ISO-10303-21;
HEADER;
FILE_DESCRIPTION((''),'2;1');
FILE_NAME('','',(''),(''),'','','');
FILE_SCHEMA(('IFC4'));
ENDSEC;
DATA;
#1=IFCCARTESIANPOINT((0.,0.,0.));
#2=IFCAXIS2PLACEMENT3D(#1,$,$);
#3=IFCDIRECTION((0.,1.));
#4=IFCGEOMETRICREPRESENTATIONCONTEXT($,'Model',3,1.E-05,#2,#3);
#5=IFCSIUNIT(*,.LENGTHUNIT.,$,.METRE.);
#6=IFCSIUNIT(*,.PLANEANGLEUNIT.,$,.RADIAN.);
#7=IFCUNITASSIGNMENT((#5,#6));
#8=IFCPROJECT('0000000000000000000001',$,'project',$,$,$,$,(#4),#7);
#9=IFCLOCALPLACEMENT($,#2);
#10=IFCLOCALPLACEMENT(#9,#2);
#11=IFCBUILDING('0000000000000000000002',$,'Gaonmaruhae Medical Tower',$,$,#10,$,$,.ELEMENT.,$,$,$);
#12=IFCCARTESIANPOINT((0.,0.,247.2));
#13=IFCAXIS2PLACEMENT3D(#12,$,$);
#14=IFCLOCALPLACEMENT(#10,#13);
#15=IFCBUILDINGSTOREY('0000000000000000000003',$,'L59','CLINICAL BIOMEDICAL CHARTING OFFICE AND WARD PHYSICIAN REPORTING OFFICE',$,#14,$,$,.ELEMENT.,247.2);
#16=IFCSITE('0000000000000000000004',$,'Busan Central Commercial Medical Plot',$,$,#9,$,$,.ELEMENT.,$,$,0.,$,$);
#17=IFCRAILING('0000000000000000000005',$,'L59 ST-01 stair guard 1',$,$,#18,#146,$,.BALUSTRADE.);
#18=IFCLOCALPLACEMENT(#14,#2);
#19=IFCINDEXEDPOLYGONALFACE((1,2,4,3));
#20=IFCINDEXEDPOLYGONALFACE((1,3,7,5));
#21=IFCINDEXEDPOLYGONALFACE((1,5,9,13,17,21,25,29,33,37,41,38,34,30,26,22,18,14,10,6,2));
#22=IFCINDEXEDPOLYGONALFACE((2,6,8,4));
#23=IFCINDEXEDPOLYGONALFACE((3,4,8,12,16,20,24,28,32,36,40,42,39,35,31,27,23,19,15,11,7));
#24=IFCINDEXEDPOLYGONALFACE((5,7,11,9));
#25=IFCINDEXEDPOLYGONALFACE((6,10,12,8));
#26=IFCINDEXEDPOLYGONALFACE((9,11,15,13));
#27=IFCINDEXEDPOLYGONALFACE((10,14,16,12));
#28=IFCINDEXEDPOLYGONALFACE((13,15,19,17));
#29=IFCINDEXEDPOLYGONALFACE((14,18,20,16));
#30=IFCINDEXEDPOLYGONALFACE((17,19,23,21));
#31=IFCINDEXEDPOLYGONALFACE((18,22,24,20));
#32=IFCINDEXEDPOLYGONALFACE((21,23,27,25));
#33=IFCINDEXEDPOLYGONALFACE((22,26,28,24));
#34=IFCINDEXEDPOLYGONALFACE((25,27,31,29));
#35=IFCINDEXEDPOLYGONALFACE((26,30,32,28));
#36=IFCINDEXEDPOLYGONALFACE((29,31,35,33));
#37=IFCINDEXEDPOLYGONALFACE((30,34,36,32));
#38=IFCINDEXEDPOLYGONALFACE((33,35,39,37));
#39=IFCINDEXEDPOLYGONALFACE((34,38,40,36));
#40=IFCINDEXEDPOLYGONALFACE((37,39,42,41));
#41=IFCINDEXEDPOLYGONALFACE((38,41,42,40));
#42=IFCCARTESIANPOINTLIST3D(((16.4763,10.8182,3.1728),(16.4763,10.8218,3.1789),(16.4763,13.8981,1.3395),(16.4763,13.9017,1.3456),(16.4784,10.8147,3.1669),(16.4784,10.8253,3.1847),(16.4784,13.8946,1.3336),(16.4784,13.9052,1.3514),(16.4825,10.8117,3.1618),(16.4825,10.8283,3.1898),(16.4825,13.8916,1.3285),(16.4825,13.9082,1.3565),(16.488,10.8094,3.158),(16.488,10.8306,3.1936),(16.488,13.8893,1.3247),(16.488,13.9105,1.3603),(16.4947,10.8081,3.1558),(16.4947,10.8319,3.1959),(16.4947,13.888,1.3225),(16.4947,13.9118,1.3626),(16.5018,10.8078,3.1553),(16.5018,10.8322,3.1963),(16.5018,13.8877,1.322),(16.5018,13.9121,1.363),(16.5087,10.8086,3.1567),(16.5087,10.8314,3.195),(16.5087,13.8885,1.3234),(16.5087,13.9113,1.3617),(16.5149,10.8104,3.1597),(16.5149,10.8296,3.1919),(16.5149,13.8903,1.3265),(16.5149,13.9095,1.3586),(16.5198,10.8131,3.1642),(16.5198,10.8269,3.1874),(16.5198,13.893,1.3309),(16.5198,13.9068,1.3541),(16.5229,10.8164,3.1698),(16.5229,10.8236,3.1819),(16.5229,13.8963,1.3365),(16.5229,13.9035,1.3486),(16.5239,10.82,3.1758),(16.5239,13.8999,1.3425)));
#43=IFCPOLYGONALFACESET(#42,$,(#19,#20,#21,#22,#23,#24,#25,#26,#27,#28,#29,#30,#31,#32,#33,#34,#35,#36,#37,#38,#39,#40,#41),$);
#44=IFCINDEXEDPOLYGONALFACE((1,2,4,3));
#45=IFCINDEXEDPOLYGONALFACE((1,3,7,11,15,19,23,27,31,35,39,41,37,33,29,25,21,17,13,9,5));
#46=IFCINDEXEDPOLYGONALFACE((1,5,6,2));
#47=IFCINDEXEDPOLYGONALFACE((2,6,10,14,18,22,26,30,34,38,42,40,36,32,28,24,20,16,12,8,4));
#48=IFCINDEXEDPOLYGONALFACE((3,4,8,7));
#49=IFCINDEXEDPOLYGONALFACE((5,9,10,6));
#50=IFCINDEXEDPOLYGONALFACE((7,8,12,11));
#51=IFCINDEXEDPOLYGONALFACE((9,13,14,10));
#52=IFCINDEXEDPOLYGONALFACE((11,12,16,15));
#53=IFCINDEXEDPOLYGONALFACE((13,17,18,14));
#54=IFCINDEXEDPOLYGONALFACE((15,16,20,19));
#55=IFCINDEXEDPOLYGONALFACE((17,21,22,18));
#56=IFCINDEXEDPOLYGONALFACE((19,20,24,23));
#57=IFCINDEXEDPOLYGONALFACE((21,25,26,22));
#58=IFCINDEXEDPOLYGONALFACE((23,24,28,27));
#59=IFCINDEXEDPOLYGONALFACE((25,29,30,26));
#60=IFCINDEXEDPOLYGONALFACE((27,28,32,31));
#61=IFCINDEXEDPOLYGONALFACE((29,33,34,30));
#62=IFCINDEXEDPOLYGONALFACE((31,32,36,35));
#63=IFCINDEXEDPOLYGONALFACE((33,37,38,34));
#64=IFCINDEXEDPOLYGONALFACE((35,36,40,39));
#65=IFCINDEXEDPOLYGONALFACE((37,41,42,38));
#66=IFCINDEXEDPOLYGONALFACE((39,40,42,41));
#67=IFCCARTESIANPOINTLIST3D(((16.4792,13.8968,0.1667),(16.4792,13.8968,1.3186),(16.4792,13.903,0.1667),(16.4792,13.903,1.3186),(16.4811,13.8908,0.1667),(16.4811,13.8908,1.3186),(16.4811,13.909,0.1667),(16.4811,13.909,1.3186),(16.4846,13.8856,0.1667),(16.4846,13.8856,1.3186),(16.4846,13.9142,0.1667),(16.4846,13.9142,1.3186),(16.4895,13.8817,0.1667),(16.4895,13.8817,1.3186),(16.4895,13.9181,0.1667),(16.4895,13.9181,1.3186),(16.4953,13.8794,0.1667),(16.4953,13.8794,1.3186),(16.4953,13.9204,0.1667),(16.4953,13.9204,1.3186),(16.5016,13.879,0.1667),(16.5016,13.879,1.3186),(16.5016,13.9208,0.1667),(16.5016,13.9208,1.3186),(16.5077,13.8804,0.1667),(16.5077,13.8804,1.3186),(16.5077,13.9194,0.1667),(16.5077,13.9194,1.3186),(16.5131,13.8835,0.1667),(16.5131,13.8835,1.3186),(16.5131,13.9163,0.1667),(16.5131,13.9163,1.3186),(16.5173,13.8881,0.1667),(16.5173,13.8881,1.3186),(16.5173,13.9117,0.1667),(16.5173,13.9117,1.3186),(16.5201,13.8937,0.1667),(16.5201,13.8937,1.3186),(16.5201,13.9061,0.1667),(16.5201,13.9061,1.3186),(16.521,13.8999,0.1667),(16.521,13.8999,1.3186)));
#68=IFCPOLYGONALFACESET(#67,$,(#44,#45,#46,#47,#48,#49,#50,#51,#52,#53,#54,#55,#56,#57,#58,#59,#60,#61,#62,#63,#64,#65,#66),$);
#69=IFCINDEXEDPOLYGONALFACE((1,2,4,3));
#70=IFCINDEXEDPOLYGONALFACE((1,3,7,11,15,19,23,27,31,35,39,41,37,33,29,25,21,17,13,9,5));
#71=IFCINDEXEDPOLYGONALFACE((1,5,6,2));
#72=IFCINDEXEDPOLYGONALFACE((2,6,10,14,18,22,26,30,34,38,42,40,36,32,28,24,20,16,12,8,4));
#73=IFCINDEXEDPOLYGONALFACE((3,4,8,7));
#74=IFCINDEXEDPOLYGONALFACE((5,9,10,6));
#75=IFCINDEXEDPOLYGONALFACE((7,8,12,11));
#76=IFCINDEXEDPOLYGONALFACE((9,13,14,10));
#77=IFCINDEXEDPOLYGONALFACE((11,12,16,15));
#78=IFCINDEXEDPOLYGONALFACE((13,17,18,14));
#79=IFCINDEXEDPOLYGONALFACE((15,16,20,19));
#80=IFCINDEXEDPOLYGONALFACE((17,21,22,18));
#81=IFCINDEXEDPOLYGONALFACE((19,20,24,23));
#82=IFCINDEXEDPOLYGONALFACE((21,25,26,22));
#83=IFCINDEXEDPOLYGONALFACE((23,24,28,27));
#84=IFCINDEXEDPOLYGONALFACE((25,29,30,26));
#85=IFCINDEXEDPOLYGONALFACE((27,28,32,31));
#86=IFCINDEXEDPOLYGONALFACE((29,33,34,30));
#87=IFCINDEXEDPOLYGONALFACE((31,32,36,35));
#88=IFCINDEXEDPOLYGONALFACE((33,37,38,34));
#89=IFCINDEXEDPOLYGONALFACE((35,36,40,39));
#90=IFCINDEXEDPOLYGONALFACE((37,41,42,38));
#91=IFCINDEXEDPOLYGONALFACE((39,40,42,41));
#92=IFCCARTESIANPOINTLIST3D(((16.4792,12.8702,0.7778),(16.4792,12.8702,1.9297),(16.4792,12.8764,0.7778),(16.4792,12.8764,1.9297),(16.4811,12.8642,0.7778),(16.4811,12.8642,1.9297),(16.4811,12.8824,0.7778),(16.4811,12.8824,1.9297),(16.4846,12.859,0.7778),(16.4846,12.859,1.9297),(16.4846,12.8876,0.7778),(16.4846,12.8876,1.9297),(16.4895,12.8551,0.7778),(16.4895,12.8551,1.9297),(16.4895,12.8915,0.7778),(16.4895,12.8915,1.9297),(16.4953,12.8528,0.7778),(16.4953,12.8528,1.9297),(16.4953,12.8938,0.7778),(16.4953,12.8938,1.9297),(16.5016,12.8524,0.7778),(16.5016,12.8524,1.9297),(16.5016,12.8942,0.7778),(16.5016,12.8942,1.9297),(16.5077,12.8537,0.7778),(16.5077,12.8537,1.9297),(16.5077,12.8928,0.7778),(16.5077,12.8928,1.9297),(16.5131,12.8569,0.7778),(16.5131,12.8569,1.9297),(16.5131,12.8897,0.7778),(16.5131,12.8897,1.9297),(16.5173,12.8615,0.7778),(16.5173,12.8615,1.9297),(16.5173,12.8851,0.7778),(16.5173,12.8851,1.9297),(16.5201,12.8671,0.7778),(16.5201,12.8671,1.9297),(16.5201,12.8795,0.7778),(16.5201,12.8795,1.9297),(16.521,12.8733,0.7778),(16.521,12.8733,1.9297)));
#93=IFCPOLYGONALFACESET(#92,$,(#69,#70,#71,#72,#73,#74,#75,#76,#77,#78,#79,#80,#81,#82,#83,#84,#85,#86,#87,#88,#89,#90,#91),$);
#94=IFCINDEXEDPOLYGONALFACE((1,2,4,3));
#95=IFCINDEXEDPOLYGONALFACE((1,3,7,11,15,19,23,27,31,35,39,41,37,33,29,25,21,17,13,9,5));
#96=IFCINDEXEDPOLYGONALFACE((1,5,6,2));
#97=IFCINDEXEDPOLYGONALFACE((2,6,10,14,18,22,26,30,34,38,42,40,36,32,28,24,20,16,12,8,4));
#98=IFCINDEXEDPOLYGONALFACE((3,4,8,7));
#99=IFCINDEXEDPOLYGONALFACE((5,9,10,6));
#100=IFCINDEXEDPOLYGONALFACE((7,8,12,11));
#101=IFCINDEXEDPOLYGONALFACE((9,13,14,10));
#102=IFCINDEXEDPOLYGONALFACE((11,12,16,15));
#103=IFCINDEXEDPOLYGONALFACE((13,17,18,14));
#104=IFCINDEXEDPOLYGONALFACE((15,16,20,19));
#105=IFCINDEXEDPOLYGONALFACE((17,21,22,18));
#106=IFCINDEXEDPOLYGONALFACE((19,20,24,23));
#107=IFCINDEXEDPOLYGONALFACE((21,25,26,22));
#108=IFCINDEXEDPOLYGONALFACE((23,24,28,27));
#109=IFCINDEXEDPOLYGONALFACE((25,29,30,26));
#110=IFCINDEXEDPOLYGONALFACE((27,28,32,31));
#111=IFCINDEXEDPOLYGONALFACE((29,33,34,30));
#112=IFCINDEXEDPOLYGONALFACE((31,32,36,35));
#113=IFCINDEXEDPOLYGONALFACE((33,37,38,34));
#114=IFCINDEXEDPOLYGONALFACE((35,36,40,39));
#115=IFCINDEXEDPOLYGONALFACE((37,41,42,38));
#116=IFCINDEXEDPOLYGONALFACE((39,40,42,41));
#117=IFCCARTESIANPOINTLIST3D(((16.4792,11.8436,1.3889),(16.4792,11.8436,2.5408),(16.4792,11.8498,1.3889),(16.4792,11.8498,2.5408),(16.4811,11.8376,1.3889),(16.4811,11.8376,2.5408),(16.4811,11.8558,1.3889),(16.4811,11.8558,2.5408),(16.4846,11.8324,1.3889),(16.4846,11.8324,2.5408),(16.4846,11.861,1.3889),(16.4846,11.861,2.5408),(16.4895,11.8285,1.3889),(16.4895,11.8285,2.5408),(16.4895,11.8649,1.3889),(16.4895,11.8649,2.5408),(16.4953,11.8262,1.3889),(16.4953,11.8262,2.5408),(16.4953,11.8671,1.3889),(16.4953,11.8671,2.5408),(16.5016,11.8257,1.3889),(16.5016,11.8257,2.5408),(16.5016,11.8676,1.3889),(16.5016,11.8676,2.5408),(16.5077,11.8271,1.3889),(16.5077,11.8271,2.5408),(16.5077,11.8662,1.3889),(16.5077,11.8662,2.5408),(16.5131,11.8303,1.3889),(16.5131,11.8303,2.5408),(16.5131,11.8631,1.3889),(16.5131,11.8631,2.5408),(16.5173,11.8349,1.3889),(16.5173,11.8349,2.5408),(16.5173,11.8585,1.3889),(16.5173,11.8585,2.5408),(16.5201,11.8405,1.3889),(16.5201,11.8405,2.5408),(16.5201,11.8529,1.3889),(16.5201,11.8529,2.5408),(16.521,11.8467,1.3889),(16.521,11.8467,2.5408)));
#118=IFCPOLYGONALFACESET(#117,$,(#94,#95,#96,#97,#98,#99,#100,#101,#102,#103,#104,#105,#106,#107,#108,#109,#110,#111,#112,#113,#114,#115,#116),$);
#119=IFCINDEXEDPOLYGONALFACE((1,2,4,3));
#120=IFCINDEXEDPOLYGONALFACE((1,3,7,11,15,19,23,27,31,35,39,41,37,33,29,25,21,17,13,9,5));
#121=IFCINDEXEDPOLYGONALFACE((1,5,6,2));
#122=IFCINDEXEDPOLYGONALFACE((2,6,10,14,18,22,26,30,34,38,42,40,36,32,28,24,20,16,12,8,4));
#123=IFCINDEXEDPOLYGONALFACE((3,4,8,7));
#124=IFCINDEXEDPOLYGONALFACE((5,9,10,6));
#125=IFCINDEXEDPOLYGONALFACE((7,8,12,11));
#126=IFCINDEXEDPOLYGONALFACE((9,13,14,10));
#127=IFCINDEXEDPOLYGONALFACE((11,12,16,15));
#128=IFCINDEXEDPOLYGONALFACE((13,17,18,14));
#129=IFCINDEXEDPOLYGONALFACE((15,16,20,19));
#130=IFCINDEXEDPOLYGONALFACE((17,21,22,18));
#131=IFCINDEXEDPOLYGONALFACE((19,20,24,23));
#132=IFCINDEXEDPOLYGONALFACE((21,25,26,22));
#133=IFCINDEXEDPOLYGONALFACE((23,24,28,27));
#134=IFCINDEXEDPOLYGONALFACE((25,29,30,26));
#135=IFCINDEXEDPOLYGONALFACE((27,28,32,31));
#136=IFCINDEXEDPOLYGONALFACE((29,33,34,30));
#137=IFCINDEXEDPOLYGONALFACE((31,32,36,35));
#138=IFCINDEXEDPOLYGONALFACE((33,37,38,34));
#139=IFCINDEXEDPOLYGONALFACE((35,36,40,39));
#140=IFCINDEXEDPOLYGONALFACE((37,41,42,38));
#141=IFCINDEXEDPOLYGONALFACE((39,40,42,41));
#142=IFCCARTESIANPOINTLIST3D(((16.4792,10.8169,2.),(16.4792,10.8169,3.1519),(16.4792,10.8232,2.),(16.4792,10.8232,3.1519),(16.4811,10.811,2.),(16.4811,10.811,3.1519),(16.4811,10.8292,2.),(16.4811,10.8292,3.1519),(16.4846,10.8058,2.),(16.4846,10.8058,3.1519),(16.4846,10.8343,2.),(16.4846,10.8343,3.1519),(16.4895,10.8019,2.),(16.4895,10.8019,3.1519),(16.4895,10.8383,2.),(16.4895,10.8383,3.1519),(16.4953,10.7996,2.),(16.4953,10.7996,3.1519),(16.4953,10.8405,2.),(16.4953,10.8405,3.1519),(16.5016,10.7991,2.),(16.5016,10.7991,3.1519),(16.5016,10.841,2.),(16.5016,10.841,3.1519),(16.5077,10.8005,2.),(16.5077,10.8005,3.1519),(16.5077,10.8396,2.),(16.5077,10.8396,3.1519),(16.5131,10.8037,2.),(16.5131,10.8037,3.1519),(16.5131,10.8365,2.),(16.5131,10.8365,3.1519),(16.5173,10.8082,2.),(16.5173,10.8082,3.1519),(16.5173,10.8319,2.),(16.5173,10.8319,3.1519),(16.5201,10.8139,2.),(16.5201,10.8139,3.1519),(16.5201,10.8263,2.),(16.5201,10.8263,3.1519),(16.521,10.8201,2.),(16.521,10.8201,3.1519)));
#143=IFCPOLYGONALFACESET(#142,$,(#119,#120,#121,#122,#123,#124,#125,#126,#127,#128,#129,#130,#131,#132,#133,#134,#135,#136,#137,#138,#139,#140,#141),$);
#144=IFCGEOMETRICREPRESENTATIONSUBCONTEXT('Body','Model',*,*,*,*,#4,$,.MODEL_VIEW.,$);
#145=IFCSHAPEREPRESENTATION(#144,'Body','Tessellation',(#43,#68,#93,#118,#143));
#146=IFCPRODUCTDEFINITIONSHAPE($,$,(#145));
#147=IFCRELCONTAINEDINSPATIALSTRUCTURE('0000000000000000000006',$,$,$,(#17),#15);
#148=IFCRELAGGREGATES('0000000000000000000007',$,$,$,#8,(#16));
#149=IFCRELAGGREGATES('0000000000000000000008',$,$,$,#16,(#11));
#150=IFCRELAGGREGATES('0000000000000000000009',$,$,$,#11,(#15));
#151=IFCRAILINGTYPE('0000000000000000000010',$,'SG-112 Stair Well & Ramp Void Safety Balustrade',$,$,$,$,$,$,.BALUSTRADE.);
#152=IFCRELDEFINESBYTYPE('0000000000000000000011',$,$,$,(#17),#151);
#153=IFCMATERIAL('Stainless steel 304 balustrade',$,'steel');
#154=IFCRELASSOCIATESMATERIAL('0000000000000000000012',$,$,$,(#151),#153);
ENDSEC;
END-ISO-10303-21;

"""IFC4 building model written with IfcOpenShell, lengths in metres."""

from ifc_helpers import new_model, si_unit, direction, frame, origin, origin_2d, place, context, subcontext, project, spatial, circle, extrude, material, type_object, element, save


model = new_model("IFC4")

# Units and contexts
model_context = context("Model", 3, precision=1e-05, world=origin(), true_north=direction((0.0, 1.0)))
body_context = subcontext(model_context, "Body", "Model", "MODEL_VIEW")
ifc_project = project(units=[si_unit("LENGTHUNIT", "METRE"), si_unit("PLANEANGLEUNIT", "RADIAN")], contexts=[model_context])

# Site, building, storey
site_placement = place(None, origin())
site = spatial("IfcSite", under=ifc_project, at=site_placement, Name="Busan Central Commercial Medical Plot", CompositionType="ELEMENT", RefElevation=0.0)
building_placement = place(site_placement, origin())
building = spatial("IfcBuilding", under=site, at=building_placement, Name="Gaonmaruhae Medical Tower", CompositionType="ELEMENT")
storey_placement = place(building_placement, frame((0.0, 0.0, 247.2)))
storey = spatial("IfcBuildingStorey", under=building, at=storey_placement, Name="L59", Description="CLINICAL BIOMEDICAL CHARTING OFFICE AND WARD PHYSICIAN REPORTING OFFICE", CompositionType="ELEMENT", Elevation=247.2)

# Railing
ifc_material_1 = material(Name="Stainless steel 304 balustrade", Category="steel")
railing_type_1 = type_object("IfcRailingType", Name="SG-112 Stair Well & Ramp Void Safety Balustrade", PredefinedType="BALUSTRADE", material=ifc_material_1)
railing_1_placement = place(storey_placement, frame((16.5, 13.8999, 0.1667)))
element("IfcRailing", 1, at=railing_1_placement, inside=storey, type_object=railing_type_1, Name="L59 ST-01 stair guard 1", PredefinedType="BALUSTRADE", context=body_context, shape_type="SweptSolid", body=[
    extrude(circle(Radius=0.0239, at=origin_2d()), frame((0.0, 0.0, 1.1758), z_axis=(0.0, -0.859291, 0.511487), x_axis=(1.0, 0.0, 0.0)), (0.0, 0.0, 1.0), 3.5842),
    extrude(circle(Radius=0.021, at=origin_2d()), origin(), (0.0, 0.0, 1.0), 1.1519),
    extrude(circle(Radius=0.021, at=origin_2d()), frame((0.0, -1.0266, 0.6111)), (0.0, 0.0, 1.0), 1.1519),
    extrude(circle(Radius=0.021, at=origin_2d()), frame((0.0, -2.0532, 1.2222)), (0.0, 0.0, 1.0), 1.1519),
    extrude(circle(Radius=0.021, at=origin_2d()), frame((0.0, -3.0798, 1.8333)), (0.0, 0.0, 1.0), 1.1519),
])

save(model, "model.ifc")
